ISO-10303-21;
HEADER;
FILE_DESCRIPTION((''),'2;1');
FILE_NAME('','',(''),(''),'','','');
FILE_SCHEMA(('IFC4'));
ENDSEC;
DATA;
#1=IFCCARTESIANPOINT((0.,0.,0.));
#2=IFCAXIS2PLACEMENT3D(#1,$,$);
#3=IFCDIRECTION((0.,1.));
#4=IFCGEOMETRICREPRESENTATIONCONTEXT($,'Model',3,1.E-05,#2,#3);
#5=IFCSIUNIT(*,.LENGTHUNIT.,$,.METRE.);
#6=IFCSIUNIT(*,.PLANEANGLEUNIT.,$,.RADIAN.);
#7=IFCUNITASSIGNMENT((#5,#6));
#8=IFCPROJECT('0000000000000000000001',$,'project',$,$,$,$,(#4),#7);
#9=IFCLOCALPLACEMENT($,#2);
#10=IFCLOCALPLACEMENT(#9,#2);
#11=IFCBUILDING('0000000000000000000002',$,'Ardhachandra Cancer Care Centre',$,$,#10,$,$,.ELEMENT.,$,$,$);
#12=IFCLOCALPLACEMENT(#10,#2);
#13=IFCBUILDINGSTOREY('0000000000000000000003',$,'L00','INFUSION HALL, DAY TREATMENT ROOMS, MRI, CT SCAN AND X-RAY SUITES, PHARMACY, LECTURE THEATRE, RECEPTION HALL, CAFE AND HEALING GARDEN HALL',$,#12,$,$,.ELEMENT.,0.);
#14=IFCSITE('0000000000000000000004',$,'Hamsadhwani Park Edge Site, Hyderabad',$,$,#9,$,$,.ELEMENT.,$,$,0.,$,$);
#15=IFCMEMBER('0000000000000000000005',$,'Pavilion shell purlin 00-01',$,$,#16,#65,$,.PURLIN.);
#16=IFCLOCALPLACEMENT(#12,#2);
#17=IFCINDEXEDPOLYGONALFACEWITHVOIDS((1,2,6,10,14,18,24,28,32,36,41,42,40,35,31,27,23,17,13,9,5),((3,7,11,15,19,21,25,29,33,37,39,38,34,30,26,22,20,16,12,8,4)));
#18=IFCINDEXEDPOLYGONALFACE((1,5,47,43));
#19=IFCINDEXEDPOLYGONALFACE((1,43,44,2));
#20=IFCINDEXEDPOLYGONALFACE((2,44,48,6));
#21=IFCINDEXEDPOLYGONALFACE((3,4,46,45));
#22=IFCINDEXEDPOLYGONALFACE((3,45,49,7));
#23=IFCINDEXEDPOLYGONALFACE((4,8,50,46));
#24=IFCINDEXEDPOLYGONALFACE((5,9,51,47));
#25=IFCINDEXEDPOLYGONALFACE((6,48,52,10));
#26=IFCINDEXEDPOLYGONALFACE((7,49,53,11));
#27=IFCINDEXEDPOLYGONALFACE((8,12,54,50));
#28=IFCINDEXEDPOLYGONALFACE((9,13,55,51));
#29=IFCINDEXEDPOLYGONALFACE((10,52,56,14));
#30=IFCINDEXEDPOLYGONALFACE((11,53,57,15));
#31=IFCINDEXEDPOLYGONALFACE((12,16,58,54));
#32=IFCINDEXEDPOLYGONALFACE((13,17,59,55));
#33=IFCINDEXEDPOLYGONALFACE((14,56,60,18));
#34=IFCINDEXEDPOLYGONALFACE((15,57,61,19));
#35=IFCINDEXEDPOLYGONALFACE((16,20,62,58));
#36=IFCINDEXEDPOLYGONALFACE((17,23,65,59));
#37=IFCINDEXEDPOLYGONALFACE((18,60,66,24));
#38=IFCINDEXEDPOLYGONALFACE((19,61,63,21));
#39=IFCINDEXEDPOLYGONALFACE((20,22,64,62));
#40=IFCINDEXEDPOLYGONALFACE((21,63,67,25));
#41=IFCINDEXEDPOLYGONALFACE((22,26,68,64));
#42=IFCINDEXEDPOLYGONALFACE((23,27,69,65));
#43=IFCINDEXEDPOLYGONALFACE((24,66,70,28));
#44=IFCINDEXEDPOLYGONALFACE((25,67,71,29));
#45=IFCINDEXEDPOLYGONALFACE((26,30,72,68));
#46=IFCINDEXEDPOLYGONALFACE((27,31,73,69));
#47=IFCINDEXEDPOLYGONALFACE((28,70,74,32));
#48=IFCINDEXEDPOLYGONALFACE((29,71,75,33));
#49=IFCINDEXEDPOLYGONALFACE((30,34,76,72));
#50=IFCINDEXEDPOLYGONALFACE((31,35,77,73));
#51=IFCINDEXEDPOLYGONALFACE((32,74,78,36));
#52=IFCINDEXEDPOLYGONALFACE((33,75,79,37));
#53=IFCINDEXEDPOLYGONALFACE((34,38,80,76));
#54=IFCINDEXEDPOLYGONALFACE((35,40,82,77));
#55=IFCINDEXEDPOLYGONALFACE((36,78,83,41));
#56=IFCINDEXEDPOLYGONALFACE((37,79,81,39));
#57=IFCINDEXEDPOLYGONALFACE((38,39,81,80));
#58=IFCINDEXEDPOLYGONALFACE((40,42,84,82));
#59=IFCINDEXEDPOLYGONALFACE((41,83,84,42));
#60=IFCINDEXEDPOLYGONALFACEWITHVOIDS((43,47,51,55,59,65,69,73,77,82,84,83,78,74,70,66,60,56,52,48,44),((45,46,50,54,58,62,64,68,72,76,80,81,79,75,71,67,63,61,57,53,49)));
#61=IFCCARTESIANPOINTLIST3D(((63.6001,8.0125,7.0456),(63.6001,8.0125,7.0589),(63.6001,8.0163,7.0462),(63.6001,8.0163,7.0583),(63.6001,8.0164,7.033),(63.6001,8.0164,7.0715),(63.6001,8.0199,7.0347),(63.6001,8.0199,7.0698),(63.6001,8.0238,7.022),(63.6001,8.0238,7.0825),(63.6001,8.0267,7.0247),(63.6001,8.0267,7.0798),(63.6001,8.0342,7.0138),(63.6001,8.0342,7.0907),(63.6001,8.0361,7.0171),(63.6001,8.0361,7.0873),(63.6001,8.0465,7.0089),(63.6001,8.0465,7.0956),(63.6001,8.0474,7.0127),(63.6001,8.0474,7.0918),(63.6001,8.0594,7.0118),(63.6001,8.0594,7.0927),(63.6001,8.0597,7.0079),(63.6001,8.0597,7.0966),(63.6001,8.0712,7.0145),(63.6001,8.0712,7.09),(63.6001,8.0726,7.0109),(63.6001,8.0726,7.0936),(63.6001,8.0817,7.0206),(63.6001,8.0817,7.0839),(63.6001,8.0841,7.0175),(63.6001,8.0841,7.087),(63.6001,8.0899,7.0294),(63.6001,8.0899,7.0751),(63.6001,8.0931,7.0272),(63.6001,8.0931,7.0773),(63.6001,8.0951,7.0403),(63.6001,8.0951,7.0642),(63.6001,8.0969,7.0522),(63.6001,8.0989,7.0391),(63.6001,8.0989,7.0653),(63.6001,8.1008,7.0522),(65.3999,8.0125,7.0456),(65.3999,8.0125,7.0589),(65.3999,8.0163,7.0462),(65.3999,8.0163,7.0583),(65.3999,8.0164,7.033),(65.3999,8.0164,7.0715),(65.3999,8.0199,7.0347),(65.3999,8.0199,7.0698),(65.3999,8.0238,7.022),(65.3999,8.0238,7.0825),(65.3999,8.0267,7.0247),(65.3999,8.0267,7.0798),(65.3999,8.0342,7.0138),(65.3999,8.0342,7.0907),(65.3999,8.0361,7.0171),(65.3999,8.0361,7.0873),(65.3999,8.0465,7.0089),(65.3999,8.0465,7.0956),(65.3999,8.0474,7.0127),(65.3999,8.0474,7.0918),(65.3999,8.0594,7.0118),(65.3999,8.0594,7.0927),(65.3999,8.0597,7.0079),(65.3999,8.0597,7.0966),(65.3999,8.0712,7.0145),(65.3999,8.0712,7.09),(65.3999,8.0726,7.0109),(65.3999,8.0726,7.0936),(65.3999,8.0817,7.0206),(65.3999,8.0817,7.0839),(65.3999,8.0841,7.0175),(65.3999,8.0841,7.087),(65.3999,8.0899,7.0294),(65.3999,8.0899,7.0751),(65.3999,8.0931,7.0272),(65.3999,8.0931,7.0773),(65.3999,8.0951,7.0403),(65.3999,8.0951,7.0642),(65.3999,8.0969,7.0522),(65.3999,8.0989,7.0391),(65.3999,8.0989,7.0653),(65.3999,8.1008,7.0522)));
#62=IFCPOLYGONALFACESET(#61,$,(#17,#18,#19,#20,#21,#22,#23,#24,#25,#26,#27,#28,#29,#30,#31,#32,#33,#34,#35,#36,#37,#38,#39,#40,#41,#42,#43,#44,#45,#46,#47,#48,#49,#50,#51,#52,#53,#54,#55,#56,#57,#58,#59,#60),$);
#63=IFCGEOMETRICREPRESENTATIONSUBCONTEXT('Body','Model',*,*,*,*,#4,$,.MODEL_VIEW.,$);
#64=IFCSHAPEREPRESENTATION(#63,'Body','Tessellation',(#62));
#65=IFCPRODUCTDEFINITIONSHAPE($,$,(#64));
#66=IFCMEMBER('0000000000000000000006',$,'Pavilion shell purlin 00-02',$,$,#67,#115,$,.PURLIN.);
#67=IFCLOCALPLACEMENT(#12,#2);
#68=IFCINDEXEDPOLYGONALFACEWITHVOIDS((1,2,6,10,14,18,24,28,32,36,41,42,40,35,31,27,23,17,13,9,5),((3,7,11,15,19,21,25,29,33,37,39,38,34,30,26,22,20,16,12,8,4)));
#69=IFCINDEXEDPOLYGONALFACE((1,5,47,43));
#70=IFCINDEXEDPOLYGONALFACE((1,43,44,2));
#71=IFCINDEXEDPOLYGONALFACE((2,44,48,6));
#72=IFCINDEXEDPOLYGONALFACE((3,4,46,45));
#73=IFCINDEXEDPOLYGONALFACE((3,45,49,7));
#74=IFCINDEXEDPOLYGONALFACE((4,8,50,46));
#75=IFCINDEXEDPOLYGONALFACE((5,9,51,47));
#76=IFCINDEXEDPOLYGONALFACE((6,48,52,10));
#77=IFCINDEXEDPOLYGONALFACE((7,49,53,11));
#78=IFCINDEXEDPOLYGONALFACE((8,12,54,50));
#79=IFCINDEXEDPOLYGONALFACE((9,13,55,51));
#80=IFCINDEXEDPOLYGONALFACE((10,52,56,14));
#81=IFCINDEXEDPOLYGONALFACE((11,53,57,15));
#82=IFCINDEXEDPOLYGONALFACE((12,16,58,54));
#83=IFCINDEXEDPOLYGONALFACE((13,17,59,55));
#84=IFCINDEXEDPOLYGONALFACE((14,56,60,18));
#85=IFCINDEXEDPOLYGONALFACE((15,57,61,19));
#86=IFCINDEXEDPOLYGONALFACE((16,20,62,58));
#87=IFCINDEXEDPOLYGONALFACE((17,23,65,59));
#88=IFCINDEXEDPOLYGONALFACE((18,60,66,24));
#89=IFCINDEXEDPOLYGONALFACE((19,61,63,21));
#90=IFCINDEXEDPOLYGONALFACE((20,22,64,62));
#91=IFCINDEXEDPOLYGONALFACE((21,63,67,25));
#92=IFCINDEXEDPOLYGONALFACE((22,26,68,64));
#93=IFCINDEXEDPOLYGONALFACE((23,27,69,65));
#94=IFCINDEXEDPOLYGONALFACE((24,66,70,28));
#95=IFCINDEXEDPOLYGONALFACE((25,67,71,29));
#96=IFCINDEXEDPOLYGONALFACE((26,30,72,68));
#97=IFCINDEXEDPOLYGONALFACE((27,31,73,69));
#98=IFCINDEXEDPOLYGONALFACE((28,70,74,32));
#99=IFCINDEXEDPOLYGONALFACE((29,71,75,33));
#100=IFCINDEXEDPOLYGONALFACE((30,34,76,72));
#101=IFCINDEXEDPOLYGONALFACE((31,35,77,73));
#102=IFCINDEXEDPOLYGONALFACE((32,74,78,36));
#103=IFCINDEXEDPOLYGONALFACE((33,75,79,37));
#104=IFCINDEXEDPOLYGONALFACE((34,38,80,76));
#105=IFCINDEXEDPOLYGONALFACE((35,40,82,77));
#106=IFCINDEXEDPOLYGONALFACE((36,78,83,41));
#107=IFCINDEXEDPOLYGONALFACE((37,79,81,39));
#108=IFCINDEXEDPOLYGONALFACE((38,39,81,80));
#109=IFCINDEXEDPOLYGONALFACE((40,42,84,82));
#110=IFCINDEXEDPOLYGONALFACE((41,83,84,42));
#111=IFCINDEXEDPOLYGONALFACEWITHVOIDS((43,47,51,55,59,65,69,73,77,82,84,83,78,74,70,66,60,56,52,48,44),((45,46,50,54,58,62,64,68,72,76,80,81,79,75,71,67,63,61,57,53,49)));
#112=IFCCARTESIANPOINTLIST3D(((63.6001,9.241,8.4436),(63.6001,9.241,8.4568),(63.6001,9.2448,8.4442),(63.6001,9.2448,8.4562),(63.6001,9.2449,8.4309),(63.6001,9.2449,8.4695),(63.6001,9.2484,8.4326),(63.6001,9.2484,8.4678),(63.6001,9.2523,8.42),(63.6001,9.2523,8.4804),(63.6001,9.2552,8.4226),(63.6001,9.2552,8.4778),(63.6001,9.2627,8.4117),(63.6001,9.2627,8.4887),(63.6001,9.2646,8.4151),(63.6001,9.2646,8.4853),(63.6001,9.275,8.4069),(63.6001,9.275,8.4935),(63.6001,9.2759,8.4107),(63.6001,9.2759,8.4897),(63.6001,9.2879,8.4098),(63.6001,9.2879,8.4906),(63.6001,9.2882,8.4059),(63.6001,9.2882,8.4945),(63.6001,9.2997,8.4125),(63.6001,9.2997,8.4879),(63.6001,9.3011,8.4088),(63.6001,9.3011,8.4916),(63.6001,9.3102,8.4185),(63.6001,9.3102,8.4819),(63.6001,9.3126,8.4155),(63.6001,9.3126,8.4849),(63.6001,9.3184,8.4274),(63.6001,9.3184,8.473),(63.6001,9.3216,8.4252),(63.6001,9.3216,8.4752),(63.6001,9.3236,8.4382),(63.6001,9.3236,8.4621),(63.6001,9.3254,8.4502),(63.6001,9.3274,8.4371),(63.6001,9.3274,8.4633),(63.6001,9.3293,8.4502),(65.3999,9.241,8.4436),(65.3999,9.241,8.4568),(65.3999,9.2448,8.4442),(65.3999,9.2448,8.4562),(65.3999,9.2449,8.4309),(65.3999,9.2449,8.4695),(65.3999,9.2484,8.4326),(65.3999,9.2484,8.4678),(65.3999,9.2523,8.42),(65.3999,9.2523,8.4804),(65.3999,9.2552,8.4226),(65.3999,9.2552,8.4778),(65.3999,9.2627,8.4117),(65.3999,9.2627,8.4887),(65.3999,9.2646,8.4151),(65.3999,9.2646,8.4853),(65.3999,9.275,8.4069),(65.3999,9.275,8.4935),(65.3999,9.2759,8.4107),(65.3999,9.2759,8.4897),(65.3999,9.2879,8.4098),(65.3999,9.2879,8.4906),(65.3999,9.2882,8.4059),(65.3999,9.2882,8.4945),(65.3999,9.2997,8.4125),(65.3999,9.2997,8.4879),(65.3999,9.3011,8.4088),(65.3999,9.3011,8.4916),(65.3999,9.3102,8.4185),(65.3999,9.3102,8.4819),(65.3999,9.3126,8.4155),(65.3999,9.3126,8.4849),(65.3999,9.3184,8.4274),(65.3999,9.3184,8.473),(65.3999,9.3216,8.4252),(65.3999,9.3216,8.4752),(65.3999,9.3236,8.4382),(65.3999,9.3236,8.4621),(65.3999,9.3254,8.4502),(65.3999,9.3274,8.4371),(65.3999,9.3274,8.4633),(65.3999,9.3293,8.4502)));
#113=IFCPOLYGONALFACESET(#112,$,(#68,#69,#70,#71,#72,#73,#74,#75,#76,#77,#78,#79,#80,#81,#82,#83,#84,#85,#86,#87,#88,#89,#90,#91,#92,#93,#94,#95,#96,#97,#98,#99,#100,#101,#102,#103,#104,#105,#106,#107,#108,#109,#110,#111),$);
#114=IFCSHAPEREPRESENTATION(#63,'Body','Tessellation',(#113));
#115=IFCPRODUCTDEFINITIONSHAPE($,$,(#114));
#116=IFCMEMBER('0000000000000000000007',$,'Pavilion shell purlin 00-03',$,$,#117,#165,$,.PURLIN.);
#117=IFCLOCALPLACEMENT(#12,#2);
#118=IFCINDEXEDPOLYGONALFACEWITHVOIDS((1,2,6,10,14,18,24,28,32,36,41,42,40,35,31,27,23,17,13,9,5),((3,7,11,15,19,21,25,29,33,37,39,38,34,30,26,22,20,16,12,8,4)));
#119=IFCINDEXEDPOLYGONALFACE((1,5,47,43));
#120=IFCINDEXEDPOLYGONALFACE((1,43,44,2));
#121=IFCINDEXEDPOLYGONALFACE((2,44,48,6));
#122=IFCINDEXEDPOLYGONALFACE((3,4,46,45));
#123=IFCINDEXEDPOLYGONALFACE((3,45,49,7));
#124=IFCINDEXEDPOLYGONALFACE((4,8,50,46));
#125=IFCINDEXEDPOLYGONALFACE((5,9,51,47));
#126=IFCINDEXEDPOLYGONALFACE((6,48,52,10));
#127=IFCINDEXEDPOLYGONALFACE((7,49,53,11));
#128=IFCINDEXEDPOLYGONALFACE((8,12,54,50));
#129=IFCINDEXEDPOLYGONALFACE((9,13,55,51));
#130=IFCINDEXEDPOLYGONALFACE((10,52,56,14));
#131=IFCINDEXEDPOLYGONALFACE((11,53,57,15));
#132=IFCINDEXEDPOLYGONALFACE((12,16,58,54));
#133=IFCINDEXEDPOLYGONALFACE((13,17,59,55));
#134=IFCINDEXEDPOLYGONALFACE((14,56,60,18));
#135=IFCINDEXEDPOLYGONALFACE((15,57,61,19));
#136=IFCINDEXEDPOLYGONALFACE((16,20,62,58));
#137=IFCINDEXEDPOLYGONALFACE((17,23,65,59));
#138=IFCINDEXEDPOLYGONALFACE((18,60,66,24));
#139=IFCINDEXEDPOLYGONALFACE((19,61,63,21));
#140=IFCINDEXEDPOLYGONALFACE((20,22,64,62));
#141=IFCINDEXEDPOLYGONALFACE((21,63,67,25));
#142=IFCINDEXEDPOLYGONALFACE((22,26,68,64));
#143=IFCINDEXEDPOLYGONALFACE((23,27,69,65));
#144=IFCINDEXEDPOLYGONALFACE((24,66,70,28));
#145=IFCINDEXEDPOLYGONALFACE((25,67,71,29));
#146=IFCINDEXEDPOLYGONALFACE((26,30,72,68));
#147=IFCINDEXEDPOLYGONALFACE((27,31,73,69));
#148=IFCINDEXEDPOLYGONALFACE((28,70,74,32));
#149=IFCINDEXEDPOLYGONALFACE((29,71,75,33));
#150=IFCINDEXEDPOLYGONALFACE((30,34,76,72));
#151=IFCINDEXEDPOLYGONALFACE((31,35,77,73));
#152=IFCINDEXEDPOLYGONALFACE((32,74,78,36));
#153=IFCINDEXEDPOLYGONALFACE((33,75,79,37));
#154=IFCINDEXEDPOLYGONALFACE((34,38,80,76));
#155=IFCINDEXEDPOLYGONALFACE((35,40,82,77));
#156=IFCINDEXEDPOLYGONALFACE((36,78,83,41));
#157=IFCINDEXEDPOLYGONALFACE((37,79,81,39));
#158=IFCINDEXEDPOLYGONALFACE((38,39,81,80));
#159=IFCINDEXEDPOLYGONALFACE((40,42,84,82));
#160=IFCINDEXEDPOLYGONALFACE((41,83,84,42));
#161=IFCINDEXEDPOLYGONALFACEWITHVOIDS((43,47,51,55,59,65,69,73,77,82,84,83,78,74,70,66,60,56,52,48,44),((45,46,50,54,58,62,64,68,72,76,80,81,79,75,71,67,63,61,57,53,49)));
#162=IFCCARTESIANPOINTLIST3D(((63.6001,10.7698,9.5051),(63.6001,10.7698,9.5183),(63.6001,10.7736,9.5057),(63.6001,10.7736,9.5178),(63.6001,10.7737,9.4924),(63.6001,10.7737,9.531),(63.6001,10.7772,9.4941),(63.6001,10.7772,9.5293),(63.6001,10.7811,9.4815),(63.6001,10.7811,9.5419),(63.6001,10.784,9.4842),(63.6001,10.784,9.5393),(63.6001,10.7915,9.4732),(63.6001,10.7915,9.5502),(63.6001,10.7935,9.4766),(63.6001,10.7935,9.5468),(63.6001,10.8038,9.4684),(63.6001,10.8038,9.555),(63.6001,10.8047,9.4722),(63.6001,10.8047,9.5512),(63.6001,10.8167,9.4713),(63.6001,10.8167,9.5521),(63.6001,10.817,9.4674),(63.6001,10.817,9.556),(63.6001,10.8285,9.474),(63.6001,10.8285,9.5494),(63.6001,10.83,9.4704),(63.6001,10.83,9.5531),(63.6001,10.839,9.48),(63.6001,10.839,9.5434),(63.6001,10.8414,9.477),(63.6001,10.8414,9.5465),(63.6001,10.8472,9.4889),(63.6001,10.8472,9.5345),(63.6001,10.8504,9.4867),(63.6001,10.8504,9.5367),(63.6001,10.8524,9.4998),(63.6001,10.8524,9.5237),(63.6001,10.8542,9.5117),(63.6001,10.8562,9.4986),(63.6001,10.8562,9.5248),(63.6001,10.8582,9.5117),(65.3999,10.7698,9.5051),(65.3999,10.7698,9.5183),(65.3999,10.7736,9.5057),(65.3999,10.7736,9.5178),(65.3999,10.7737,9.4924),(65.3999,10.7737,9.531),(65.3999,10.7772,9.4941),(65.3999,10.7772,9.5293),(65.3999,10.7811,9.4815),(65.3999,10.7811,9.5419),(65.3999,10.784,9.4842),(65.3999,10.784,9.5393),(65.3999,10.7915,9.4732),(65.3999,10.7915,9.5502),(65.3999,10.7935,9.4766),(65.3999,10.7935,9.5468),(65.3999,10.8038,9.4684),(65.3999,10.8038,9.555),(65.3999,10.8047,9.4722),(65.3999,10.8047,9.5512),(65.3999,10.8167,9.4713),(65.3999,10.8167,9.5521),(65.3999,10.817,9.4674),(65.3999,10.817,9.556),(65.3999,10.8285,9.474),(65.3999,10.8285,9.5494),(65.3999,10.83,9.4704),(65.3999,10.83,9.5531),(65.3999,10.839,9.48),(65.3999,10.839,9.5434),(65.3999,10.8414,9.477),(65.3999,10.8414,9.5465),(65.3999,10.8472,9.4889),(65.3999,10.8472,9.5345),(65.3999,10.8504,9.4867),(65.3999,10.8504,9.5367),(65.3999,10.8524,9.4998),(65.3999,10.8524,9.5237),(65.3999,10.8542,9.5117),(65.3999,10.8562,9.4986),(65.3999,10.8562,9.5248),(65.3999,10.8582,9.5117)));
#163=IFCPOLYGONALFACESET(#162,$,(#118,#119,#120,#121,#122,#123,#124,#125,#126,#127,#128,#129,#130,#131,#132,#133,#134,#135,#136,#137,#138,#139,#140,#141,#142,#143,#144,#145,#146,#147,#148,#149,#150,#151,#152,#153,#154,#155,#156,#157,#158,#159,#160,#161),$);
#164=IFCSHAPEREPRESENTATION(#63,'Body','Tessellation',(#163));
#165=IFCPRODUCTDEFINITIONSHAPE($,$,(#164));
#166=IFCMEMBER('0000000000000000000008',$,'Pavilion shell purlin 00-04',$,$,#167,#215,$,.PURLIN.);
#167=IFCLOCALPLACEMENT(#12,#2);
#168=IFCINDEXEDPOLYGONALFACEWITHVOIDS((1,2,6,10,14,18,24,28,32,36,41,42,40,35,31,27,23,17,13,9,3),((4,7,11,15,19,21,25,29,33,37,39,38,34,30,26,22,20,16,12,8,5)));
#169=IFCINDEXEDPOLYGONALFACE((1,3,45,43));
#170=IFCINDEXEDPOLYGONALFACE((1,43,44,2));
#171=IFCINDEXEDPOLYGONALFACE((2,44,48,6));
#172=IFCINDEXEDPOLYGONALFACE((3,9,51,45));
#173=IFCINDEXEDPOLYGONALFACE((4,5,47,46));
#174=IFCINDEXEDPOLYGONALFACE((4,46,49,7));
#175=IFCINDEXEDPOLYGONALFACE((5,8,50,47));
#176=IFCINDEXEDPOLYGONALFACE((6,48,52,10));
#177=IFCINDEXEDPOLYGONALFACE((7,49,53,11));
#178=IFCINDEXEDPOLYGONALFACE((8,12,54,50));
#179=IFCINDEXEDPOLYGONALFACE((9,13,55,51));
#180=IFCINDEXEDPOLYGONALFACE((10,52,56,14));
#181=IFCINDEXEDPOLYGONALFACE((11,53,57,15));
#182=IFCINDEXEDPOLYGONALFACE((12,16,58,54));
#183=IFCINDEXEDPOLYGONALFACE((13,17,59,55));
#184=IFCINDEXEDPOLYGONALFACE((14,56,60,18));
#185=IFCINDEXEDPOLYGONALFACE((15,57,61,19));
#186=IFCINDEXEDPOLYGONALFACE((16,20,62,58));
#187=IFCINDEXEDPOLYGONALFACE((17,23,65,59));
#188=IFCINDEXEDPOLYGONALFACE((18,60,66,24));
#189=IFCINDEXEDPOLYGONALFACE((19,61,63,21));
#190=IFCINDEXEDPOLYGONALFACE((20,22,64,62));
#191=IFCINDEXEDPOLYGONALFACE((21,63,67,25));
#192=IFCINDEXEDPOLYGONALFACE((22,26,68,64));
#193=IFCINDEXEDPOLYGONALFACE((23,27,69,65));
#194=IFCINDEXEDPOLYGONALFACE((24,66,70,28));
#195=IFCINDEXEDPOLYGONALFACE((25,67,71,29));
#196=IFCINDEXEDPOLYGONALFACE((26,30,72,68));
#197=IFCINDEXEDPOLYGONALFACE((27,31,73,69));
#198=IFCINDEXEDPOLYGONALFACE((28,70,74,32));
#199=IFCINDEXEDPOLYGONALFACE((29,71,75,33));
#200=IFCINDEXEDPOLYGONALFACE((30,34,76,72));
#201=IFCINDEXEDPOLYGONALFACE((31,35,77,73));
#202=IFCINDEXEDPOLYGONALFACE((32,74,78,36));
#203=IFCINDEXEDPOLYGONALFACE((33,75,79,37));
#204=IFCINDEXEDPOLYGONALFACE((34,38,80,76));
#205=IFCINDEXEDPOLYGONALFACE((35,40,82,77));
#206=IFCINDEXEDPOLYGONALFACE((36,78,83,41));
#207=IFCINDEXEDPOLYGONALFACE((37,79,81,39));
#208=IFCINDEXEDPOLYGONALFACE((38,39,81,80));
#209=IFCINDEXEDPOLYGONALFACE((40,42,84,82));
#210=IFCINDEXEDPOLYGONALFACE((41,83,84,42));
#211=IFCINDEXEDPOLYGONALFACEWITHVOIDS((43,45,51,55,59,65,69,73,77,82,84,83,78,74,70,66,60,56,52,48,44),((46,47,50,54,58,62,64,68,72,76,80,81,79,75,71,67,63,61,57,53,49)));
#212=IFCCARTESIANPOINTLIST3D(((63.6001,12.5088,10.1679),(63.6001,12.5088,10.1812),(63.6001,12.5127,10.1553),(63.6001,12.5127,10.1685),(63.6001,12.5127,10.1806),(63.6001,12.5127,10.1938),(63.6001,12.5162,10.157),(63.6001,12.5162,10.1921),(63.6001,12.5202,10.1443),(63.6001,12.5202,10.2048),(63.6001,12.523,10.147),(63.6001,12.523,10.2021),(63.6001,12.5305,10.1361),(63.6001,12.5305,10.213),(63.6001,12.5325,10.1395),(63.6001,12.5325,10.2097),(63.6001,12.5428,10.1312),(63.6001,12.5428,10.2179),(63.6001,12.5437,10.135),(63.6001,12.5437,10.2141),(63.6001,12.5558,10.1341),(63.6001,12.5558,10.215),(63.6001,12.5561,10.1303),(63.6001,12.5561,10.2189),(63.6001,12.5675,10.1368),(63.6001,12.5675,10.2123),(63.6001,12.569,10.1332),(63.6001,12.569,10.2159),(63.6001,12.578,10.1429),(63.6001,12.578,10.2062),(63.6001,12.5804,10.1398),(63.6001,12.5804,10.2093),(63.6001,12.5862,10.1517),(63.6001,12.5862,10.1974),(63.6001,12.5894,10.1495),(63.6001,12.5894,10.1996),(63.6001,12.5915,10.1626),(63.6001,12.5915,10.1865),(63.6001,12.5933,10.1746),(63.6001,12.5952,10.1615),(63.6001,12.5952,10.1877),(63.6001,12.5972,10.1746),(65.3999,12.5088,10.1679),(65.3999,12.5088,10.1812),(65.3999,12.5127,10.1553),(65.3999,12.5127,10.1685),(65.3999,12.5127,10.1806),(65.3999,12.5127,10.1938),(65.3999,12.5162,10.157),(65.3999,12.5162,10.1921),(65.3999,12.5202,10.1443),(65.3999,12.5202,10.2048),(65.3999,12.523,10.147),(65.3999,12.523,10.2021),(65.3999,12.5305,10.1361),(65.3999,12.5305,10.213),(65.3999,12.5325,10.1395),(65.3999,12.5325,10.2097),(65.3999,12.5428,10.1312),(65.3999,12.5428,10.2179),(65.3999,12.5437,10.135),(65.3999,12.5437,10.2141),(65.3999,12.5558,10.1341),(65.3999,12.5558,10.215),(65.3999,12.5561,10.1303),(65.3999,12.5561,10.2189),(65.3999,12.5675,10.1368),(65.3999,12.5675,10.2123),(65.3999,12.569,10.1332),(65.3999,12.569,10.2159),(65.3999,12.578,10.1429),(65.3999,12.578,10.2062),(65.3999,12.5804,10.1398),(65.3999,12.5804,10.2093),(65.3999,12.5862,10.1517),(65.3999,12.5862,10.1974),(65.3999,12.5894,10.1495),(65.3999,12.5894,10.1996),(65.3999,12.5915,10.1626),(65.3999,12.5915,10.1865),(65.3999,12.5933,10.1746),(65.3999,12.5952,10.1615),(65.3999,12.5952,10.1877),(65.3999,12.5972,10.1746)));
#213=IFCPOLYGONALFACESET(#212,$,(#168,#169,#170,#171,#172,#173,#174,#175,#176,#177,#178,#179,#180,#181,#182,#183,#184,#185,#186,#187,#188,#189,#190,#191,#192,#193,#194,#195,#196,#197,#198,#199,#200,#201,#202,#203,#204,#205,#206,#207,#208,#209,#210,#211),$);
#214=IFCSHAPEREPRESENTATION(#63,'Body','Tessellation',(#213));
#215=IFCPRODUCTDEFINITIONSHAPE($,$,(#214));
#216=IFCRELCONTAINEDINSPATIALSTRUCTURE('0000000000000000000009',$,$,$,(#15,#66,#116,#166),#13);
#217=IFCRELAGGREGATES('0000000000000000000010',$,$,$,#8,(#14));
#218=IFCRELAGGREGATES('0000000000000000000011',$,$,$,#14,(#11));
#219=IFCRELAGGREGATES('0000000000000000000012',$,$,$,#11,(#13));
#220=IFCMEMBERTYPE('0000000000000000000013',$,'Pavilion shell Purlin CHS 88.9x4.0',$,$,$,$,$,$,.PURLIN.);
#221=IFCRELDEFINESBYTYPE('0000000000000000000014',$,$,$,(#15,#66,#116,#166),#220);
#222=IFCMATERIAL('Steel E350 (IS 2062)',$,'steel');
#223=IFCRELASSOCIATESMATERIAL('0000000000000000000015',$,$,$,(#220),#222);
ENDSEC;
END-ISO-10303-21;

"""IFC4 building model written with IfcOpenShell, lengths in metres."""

from ifc_helpers import new_model, si_unit, direction, frame, origin, origin_2d, place, context, subcontext, project, spatial, hollow_circle, extrude, material, material_profile, profile_set, type_object, element, save


model = new_model("IFC4")

# Units and contexts
model_context = context("Model", 3, precision=1e-05, world=origin(), true_north=direction((0.0, 1.0)))
body_context = subcontext(model_context, "Body", "Model", "MODEL_VIEW")
ifc_project = project(units=[si_unit("LENGTHUNIT", "METRE"), si_unit("PLANEANGLEUNIT", "RADIAN")], contexts=[model_context])

# Site, building, storey
site_placement = place(None, origin())
site = spatial("IfcSite", under=ifc_project, at=site_placement, Name="Hamsadhwani Park Edge Site, Hyderabad", CompositionType="ELEMENT", RefElevation=0.0)
building_placement = place(site_placement, origin())
building = spatial("IfcBuilding", under=site, at=building_placement, Name="Ardhachandra Cancer Care Centre", CompositionType="ELEMENT")
storey_placement = place(building_placement, origin())
storey = spatial("IfcBuildingStorey", under=building, at=storey_placement, Name="L00", Description="INFUSION HALL, DAY TREATMENT ROOMS, MRI, CT SCAN AND X-RAY SUITES, PHARMACY, LECTURE THEATRE, RECEPTION HALL, CAFE AND HEALING GARDEN HALL", CompositionType="ELEMENT", Elevation=0.0)

# Members
ifc_material_1 = material(Name="Steel E350 (IS 2062)", Category="steel")
ifc_material_profile_1 = material_profile(ifc_material_1, hollow_circle(Radius=0.0444, WallThickness=0.0039, at=origin_2d()), Name="CHS 88.9x4.0")
ifc_profile_set_1 = profile_set([ifc_material_profile_1], Name="Steel E350 (IS 2062)")
member_type_1 = type_object("IfcMemberType", Name="Pavilion shell Purlin CHS 88.9x4.0", PredefinedType="PURLIN", material=ifc_profile_set_1)
for number, where, z_axis, x_axis, name in (
    (1, (63.6001, 8.0564, 7.0522), (1.0, 0.0, 0.0), (0.0, 1.0, 0.0), "Pavilion shell purlin 00-01"),
    (2, (63.6001, 9.2849, 8.4502), (1.0, 0.0, 0.0), (0.0, 1.0, 0.0), "Pavilion shell purlin 00-02"),
    (3, (63.6001, 10.8137, 9.5117), (1.0, 0.0, 0.0), (0.0, 1.0, 0.0), "Pavilion shell purlin 00-03"),
    (4, (63.6001, 12.5527, 10.1746), (1.0, 0.0, 0.0), (0.0, 1.0, 0.0), "Pavilion shell purlin 00-04"),
):
    element("IfcMember", number, at=place(storey_placement, frame(where, z_axis=z_axis, x_axis=x_axis)), inside=storey, type_object=member_type_1, Name=name, PredefinedType="PURLIN", context=body_context, shape_type="SweptSolid", body=[
        extrude(hollow_circle(Radius=0.0444, WallThickness=0.0039, at=origin_2d()), origin(), (0.0, 0.0, 1.0), 1.7998),
    ])

save(model, "model.ifc")
